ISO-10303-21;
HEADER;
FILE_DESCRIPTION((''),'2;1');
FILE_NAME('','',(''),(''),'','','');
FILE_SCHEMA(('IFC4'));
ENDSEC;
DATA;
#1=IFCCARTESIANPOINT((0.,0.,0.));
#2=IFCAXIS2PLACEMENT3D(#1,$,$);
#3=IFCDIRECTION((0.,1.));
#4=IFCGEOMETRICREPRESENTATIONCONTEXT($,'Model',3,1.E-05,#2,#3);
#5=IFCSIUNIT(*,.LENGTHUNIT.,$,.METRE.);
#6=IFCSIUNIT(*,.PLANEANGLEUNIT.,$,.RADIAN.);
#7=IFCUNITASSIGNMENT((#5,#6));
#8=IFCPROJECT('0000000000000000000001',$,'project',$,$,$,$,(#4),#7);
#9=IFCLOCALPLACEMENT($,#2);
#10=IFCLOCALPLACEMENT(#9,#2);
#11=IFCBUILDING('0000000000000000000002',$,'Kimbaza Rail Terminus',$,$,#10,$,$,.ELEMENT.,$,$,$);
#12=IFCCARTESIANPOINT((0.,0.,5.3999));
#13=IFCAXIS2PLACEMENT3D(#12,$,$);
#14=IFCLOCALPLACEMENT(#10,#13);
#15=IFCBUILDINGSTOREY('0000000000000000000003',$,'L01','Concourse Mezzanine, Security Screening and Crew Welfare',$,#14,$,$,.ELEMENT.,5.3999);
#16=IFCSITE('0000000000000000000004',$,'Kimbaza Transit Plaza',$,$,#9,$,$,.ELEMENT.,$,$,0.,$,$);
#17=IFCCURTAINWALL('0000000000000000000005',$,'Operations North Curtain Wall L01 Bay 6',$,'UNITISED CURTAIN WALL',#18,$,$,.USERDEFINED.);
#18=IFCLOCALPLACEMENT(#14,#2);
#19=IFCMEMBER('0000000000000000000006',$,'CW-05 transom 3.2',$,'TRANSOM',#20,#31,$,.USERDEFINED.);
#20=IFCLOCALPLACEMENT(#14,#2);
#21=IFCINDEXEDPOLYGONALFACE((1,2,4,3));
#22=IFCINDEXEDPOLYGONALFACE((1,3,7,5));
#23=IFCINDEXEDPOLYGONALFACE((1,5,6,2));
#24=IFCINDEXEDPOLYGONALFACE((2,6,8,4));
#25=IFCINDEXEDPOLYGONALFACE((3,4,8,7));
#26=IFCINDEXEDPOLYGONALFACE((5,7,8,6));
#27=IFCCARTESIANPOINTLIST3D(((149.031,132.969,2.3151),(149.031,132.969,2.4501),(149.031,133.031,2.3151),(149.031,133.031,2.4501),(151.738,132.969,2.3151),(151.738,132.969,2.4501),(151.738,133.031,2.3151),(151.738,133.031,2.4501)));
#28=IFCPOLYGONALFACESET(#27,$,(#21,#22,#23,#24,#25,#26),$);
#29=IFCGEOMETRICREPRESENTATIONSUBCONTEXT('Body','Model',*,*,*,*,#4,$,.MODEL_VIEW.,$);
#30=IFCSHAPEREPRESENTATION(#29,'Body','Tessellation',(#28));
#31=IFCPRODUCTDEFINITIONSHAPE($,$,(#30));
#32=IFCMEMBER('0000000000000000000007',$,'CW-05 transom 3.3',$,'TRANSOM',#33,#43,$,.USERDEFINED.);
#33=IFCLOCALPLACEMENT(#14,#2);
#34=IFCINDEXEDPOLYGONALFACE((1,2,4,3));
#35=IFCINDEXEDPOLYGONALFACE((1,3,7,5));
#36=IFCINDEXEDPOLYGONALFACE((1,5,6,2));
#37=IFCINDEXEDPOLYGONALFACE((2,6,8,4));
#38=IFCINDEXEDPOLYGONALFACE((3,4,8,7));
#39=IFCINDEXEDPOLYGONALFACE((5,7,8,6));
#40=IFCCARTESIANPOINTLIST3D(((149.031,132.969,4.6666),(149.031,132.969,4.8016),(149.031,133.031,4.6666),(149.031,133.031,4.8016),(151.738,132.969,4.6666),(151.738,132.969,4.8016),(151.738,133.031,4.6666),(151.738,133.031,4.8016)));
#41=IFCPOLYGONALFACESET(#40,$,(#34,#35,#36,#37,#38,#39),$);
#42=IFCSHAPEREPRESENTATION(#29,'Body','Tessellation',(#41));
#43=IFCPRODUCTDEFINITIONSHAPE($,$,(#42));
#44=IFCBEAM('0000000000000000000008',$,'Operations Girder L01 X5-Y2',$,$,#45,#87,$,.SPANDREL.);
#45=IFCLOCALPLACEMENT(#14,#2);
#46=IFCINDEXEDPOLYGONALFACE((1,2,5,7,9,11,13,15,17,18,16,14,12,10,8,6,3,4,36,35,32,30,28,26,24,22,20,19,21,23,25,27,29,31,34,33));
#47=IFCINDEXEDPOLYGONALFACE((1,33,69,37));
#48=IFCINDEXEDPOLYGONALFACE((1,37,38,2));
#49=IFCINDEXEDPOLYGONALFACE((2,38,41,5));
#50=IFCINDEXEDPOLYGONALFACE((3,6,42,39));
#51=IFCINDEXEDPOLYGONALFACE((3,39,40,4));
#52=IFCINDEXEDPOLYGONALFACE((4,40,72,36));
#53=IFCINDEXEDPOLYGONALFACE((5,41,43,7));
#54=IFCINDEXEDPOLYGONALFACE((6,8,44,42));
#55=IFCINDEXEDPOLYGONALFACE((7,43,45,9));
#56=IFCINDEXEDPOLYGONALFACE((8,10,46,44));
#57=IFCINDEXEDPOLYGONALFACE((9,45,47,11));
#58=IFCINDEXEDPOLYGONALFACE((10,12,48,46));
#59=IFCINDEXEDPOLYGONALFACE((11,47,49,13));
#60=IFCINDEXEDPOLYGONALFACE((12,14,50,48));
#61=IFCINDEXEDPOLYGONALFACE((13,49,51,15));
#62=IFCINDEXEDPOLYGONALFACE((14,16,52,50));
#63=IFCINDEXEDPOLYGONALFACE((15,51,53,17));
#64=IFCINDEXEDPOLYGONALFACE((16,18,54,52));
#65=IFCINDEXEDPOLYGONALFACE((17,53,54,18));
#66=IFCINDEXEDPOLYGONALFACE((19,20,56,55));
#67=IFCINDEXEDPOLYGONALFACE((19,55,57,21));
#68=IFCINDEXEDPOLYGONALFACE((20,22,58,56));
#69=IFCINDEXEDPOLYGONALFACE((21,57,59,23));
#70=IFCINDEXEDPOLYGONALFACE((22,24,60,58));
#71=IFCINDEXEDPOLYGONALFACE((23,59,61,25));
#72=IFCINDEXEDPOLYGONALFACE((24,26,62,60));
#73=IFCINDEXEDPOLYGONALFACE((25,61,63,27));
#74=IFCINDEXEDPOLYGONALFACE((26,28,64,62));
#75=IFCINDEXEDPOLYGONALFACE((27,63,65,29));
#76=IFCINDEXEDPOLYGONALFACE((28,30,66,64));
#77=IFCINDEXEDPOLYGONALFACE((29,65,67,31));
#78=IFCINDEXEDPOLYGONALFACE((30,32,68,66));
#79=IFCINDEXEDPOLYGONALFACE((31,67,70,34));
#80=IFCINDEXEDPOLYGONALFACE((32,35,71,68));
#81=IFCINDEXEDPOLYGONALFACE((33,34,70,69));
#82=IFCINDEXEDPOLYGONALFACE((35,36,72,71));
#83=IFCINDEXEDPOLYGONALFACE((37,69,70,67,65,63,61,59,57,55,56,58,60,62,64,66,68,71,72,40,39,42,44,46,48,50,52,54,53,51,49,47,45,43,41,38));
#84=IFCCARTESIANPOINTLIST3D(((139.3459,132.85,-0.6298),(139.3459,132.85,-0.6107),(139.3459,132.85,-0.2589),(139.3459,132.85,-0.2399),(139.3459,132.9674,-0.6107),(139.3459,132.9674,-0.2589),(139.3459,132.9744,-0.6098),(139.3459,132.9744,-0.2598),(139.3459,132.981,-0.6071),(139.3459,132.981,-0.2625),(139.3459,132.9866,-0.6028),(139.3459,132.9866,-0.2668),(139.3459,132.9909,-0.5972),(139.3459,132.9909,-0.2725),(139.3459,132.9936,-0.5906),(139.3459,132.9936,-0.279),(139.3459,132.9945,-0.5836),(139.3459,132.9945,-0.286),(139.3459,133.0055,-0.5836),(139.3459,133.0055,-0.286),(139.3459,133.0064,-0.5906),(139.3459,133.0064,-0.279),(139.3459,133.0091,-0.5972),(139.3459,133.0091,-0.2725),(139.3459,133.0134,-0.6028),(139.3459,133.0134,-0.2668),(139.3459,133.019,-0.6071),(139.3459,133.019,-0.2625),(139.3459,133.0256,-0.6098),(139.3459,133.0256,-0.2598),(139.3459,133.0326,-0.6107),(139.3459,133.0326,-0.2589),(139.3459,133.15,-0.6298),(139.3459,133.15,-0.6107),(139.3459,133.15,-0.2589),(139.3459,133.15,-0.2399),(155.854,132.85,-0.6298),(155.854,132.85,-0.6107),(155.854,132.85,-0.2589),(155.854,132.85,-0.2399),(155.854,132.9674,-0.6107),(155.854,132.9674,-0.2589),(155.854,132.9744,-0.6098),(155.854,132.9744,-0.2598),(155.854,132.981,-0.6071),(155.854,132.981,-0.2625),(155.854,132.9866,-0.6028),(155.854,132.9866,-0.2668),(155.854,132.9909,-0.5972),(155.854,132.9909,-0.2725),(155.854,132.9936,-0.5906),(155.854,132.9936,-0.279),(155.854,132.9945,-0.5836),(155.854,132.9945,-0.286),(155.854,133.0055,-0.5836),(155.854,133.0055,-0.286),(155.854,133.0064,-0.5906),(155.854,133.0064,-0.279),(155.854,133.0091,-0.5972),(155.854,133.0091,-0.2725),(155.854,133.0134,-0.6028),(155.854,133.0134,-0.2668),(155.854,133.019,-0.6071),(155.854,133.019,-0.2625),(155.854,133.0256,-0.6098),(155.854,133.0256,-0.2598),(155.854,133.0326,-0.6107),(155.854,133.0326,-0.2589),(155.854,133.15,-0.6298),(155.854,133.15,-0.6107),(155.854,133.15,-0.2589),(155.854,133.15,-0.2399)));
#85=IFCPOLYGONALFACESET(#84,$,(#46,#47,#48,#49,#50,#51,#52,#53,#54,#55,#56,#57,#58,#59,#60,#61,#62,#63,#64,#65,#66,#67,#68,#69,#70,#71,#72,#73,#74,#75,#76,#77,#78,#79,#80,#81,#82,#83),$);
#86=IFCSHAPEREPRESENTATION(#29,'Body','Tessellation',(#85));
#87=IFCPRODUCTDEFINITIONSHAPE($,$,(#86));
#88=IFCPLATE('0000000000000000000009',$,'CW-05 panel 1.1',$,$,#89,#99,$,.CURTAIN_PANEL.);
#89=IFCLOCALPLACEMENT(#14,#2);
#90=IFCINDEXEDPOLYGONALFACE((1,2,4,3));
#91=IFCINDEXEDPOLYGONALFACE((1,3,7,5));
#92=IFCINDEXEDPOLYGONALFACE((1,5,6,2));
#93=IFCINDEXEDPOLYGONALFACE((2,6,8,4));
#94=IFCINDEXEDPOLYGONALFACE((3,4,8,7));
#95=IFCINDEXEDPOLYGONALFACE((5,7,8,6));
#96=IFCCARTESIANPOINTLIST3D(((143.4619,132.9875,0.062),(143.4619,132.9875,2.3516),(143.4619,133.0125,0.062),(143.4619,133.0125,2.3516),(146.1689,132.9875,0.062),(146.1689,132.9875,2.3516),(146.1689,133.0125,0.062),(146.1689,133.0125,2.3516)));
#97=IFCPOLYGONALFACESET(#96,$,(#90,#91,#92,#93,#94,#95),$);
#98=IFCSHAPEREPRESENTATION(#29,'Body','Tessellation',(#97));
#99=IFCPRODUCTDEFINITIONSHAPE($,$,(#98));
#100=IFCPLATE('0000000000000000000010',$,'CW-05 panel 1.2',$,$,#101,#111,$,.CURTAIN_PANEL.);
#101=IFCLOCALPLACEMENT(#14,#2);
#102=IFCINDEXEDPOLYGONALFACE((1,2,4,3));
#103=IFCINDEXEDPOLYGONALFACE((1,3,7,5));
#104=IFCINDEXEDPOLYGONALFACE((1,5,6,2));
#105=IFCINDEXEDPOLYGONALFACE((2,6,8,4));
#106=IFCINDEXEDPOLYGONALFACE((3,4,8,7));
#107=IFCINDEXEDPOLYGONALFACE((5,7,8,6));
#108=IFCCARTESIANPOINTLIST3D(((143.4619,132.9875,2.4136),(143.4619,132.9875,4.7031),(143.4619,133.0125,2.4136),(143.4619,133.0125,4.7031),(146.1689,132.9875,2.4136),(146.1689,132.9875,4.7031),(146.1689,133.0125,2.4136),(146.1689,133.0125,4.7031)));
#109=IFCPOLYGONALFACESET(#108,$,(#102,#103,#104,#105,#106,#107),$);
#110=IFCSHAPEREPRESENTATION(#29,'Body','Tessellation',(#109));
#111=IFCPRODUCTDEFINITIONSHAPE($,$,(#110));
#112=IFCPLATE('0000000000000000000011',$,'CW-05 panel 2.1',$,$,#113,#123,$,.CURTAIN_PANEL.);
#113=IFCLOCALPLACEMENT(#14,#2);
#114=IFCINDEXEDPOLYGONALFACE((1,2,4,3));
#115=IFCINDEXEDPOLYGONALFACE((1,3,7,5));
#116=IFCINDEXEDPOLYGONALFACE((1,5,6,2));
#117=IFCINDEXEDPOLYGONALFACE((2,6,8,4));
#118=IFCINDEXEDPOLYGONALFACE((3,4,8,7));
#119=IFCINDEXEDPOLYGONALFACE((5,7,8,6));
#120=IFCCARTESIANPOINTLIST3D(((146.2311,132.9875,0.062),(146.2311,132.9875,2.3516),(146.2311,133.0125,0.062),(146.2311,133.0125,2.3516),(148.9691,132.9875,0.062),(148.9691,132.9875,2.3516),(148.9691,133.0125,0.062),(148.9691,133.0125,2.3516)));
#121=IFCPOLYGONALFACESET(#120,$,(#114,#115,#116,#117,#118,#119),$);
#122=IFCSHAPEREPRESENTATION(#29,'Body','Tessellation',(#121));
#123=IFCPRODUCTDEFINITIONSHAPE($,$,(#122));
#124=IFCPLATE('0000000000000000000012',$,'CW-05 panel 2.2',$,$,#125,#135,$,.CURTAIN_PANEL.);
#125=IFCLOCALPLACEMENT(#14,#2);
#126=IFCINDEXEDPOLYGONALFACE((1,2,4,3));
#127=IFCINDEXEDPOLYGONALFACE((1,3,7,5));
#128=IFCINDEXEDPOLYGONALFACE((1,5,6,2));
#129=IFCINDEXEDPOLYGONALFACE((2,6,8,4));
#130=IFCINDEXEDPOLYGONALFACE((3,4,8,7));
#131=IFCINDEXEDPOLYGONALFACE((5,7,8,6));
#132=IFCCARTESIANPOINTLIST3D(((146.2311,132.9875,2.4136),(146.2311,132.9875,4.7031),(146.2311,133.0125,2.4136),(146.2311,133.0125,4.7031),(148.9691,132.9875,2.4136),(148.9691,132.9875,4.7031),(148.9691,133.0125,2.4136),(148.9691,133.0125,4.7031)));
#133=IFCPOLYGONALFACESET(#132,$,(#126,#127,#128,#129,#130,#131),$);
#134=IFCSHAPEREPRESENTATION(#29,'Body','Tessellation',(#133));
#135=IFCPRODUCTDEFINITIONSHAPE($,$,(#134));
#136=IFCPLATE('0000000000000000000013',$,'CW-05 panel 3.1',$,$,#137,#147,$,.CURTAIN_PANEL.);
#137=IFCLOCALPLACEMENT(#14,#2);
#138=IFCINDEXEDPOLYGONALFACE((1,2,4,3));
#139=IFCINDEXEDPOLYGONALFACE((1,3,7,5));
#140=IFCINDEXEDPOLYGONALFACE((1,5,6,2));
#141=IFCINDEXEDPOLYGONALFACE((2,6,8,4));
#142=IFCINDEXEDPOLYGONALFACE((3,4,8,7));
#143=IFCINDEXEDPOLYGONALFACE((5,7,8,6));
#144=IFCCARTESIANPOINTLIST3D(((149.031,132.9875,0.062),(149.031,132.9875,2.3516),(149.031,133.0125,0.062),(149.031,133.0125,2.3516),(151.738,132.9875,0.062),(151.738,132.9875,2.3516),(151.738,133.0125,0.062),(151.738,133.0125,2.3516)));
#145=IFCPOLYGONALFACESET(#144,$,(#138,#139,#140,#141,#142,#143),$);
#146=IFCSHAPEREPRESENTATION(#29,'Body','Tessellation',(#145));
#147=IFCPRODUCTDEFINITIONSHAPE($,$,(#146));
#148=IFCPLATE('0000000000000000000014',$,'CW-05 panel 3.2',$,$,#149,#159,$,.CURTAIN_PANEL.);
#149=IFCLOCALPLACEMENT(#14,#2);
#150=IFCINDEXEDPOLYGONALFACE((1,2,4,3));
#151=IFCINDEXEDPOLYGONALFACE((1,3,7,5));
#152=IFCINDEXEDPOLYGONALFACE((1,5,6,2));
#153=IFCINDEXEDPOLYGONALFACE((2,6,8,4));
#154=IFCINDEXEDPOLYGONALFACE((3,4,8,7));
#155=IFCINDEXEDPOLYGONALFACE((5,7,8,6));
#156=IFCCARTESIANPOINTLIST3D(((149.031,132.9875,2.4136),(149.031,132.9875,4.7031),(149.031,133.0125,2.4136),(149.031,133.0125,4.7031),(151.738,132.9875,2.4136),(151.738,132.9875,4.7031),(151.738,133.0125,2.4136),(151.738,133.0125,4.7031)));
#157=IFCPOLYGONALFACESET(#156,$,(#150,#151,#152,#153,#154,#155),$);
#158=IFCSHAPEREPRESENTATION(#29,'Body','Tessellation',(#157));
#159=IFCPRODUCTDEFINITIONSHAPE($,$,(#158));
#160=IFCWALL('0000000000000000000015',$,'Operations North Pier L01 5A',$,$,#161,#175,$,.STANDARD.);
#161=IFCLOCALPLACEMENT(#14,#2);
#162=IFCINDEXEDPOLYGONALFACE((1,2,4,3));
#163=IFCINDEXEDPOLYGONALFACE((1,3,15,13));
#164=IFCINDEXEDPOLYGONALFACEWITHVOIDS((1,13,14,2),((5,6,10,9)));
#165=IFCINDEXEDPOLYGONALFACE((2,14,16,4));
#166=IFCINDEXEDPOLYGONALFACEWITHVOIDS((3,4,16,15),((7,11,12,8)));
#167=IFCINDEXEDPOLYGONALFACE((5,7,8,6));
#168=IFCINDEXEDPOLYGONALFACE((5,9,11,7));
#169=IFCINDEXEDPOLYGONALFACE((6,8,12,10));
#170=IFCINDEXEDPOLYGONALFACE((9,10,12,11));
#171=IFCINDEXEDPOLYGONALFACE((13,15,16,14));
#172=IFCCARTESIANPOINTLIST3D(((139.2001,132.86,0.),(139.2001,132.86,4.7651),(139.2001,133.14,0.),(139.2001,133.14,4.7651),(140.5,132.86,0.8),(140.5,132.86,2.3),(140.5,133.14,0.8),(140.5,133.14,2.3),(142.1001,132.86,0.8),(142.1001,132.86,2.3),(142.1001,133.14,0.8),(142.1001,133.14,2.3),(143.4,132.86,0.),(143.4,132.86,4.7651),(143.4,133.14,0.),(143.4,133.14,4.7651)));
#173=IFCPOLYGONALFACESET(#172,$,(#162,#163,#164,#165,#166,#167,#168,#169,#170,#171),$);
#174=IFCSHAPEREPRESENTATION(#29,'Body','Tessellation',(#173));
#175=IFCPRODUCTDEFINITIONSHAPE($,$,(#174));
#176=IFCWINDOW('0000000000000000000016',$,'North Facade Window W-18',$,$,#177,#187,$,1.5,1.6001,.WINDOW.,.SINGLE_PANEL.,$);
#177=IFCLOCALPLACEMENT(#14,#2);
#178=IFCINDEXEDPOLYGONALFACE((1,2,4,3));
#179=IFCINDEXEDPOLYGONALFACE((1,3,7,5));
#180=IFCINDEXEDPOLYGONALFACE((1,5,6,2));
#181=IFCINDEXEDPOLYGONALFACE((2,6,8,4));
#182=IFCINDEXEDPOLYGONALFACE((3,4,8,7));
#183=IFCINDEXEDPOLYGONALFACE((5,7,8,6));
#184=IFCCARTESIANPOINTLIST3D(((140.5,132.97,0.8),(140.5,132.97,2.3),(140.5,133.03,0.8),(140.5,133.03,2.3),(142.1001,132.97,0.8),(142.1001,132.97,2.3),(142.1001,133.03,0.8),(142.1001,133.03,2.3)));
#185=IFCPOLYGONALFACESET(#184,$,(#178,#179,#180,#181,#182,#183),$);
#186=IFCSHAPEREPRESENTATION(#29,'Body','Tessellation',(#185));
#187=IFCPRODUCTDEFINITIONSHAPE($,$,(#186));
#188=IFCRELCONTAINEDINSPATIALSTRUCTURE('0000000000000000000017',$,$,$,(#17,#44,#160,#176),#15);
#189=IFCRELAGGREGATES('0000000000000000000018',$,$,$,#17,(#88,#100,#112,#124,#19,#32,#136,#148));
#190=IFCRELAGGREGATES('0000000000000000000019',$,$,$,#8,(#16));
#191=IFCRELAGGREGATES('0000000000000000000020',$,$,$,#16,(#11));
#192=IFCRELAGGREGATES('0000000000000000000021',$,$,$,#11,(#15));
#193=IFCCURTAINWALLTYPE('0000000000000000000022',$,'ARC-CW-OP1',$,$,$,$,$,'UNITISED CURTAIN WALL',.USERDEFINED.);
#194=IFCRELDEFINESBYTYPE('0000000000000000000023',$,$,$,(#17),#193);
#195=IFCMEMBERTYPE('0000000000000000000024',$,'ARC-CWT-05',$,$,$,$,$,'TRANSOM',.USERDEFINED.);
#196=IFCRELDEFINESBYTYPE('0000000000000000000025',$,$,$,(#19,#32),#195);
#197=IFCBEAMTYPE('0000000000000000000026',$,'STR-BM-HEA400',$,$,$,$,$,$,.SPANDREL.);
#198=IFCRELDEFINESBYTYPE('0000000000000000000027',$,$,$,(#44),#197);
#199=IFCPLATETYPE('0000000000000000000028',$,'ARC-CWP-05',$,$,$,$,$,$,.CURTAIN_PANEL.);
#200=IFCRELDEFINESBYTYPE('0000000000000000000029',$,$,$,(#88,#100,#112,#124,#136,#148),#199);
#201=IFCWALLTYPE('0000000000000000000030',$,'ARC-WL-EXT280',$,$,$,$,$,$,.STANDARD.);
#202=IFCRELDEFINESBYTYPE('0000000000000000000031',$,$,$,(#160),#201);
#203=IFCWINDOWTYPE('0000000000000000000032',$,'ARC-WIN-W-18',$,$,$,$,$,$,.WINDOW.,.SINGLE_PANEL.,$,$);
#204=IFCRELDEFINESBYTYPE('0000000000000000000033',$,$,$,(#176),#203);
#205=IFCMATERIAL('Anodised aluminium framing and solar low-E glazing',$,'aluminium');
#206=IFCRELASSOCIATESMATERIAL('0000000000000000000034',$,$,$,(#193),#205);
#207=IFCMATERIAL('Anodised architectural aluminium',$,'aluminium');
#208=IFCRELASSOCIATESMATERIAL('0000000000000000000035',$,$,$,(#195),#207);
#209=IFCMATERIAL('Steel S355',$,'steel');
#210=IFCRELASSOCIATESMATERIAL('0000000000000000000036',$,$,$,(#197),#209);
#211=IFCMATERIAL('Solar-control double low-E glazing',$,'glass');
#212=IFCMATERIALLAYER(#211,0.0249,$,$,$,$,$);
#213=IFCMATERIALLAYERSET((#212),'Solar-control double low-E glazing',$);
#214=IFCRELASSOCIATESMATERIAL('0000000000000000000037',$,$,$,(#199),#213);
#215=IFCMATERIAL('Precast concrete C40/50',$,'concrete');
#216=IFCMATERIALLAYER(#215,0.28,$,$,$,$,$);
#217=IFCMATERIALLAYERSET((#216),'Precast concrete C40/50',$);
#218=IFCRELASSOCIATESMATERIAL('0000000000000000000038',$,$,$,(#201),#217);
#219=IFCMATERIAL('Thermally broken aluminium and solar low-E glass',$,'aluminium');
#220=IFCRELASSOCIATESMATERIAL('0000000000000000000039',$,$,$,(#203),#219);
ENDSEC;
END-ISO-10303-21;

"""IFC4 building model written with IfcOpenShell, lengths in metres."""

from ifc_helpers import new_model, si_unit, direction, frame, frame_2d, origin, origin_2d, place, context, subcontext, project, spatial, rectangle, i_section, extrude, material, layer, layer_set, material_profile, profile_set, type_object, element, fill, aggregate, save


model = new_model("IFC4")

# Units and contexts
model_context = context("Model", 3, precision=1e-05, world=origin(), true_north=direction((0.0, 1.0)))
body_context = subcontext(model_context, "Body", "Model", "MODEL_VIEW")
ifc_project = project(units=[si_unit("LENGTHUNIT", "METRE"), si_unit("PLANEANGLEUNIT", "RADIAN")], contexts=[model_context])

# Site, building, storey
site_placement = place(None, origin())
site = spatial("IfcSite", under=ifc_project, at=site_placement, Name="Kimbaza Transit Plaza", CompositionType="ELEMENT", RefElevation=0.0)
building_placement = place(site_placement, origin())
building = spatial("IfcBuilding", under=site, at=building_placement, Name="Kimbaza Rail Terminus", CompositionType="ELEMENT")
storey_placement = place(building_placement, frame((0.0, 0.0, 5.3999)))
storey = spatial("IfcBuildingStorey", under=building, at=storey_placement, Name="L01", Description="Concourse Mezzanine, Security Screening and Crew Welfare", CompositionType="ELEMENT", Elevation=5.3999)

# Curtain wall, members
ifc_material_1 = material(Name="Anodised aluminium framing and solar low-E glazing", Category="aluminium")
curtain_wall_type = type_object("IfcCurtainWallType", Name="ARC-CW-OP1", ElementType="UNITISED CURTAIN WALL", PredefinedType="USERDEFINED", material=ifc_material_1)
curtain_wall_placement = place(storey_placement, origin())
curtain_wall = element("IfcCurtainWall", 1, at=curtain_wall_placement, inside=storey, type_object=curtain_wall_type, Name="Operations North Curtain Wall L01 Bay 6", ObjectType="UNITISED CURTAIN WALL", PredefinedType="USERDEFINED")
ifc_material_2 = material(Name="Anodised architectural aluminium", Category="aluminium")
ifc_material_profile_1 = material_profile(ifc_material_2, rectangle(XDim=0.062, YDim=0.135, at=origin_2d()), Name="TRANSOM 62x135")
ifc_profile_set_1 = profile_set([ifc_material_profile_1], Name="Anodised architectural aluminium")
member_type_1 = type_object("IfcMemberType", Name="ARC-CWT-05", ElementType="TRANSOM", PredefinedType="USERDEFINED", material=ifc_profile_set_1)
member_1_placement = place(storey_placement, frame((149.031, 133.0, 2.3826), z_axis=(1.0, 0.0, 0.0), x_axis=(0.0, 1.0, 0.0)))
member_1 = element("IfcMember", 2, at=member_1_placement, type_object=member_type_1, Name="CW-05 transom 3.2", ObjectType="TRANSOM", PredefinedType="USERDEFINED", context=body_context, shape_type="SweptSolid", body=[
    extrude(rectangle(XDim=0.062, YDim=0.135, at=origin_2d()), origin(), (0.0, 0.0, 1.0), 2.707),
])
member_2_placement = place(storey_placement, frame((149.031, 133.0, 4.7341), z_axis=(1.0, 0.0, 0.0), x_axis=(0.0, 1.0, 0.0)))
member_2 = element("IfcMember", 3, at=member_2_placement, type_object=member_type_1, Name="CW-05 transom 3.3", ObjectType="TRANSOM", PredefinedType="USERDEFINED", context=body_context, shape_type="SweptSolid", body=[
    extrude(rectangle(XDim=0.062, YDim=0.135, at=origin_2d()), origin(), (0.0, 0.0, 1.0), 2.707),
])

# Beam
ifc_material_3 = material(Name="Steel S355", Category="steel")
ifc_material_profile_2 = material_profile(ifc_material_3, i_section(OverallWidth=0.3, OverallDepth=0.3899, WebThickness=0.011, FlangeThickness=0.019, FilletRadius=0.0271, at=origin_2d()), Name="HEA 400")
ifc_profile_set_2 = profile_set([ifc_material_profile_2], Name="Steel S355")
beam_type = type_object("IfcBeamType", Name="STR-BM-HEA400", PredefinedType="SPANDREL", material=ifc_profile_set_2)
beam_placement = place(storey_placement, frame((139.3459, 133.0, -0.4348), z_axis=(1.0, 0.0, 0.0), x_axis=(0.0, 1.0, 0.0)))
element("IfcBeam", 4, at=beam_placement, inside=storey, type_object=beam_type, Name="Operations Girder L01 X5-Y2", PredefinedType="SPANDREL", context=body_context, shape_type="SweptSolid", body=[
    extrude(i_section(OverallWidth=0.3, OverallDepth=0.3899, WebThickness=0.011, FlangeThickness=0.019, FilletRadius=0.0271, at=origin_2d()), origin(), (0.0, 0.0, 1.0), 16.5081),
])

# Plates
ifc_material_4 = material(Name="Solar-control double low-E glazing", Category="glass")
ifc_layer_1 = layer(ifc_material_4, 0.0249)
ifc_layer_set_1 = layer_set([ifc_layer_1], Name="Solar-control double low-E glazing")
plate_type = type_object("IfcPlateType", Name="ARC-CWP-05", PredefinedType="CURTAIN_PANEL", material=ifc_layer_set_1)
plate_1_placement = place(storey_placement, frame((144.8154, 133.0, 0.062), z_axis=(0.0, 0.0, 1.0), x_axis=(1.0, 0.0, 0.0)))
plate_1 = element("IfcPlate", 5, at=plate_1_placement, type_object=plate_type, Name="CW-05 panel 1.1", PredefinedType="CURTAIN_PANEL", context=body_context, shape_type="SweptSolid", body=[
    extrude(rectangle(XDim=2.707, YDim=0.0249, at=origin_2d()), origin(), (0.0, 0.0, 1.0), 2.2896),
])
plate_2_placement = place(storey_placement, frame((144.8154, 133.0, 2.4136), z_axis=(0.0, 0.0, 1.0), x_axis=(1.0, 0.0, 0.0)))
plate_2 = element("IfcPlate", 6, at=plate_2_placement, type_object=plate_type, Name="CW-05 panel 1.2", PredefinedType="CURTAIN_PANEL", context=body_context, shape_type="SweptSolid", body=[
    extrude(rectangle(XDim=2.707, YDim=0.0249, at=origin_2d()), origin(), (0.0, 0.0, 1.0), 2.2896),
])
plate_3_placement = place(storey_placement, frame((147.6001, 133.0, 0.062), z_axis=(0.0, 0.0, 1.0), x_axis=(1.0, 0.0, 0.0)))
plate_3 = element("IfcPlate", 7, at=plate_3_placement, type_object=plate_type, Name="CW-05 panel 2.1", PredefinedType="CURTAIN_PANEL", context=body_context, shape_type="SweptSolid", body=[
    extrude(rectangle(XDim=2.738, YDim=0.0249, at=origin_2d()), origin(), (0.0, 0.0, 1.0), 2.2896),
])
plate_4_placement = place(storey_placement, frame((147.6001, 133.0, 2.4136), z_axis=(0.0, 0.0, 1.0), x_axis=(1.0, 0.0, 0.0)))
plate_4 = element("IfcPlate", 8, at=plate_4_placement, type_object=plate_type, Name="CW-05 panel 2.2", PredefinedType="CURTAIN_PANEL", context=body_context, shape_type="SweptSolid", body=[
    extrude(rectangle(XDim=2.738, YDim=0.0249, at=origin_2d()), origin(), (0.0, 0.0, 1.0), 2.2896),
])
plate_5_placement = place(storey_placement, frame((150.3845, 133.0, 0.062), z_axis=(0.0, 0.0, 1.0), x_axis=(1.0, 0.0, 0.0)))
plate_5 = element("IfcPlate", 9, at=plate_5_placement, type_object=plate_type, Name="CW-05 panel 3.1", PredefinedType="CURTAIN_PANEL", context=body_context, shape_type="SweptSolid", body=[
    extrude(rectangle(XDim=2.707, YDim=0.0249, at=origin_2d()), origin(), (0.0, 0.0, 1.0), 2.2896),
])
plate_6_placement = place(storey_placement, frame((150.3845, 133.0, 2.4136), z_axis=(0.0, 0.0, 1.0), x_axis=(1.0, 0.0, 0.0)))
plate_6 = element("IfcPlate", 10, at=plate_6_placement, type_object=plate_type, Name="CW-05 panel 3.2", PredefinedType="CURTAIN_PANEL", context=body_context, shape_type="SweptSolid", body=[
    extrude(rectangle(XDim=2.707, YDim=0.0249, at=origin_2d()), origin(), (0.0, 0.0, 1.0), 2.2896),
])
aggregate(curtain_wall, [plate_1, plate_2, plate_3, plate_4, member_1, member_2, plate_5, plate_6])

# Wall, opening, window
ifc_material_5 = material(Name="Precast concrete C40/50", Category="concrete")
ifc_layer_2 = layer(ifc_material_5, 0.28)
ifc_layer_set_2 = layer_set([ifc_layer_2], Name="Precast concrete C40/50")
wall_type = type_object("IfcWallType", Name="ARC-WL-EXT280", PredefinedType="STANDARD", material=ifc_layer_set_2)
wall_1_placement = place(storey_placement, frame((139.2, 133.0, 0.0), z_axis=(0.0, 0.0, 1.0), x_axis=(1.0, 0.0, 0.0)))
wall_1 = element("IfcWall", 11, at=wall_1_placement, inside=storey, type_object=wall_type, Name="Operations North Pier L01 5A", PredefinedType="STANDARD", context=body_context, shape_type="SweptSolid", body=[
    extrude(rectangle(XDim=4.2, YDim=0.28, at=frame_2d((2.1001, 0.0))), origin(), (0.0, 0.0, 1.0), 4.7651),
])
opening_1_placement = place(wall_1_placement, frame((1.3, 0.0, 0.8)))
opening_1 = element("IfcOpeningElement", 12, at=opening_1_placement, cuts=wall_1, PredefinedType="OPENING", context=body_context, shape_type="SweptSolid", body=[
    extrude(rectangle(XDim=1.6001, YDim=1.5, at=frame_2d((0.8, 0.75))), frame((0.0, 0.1499, 0.0), z_axis=(0.0, -1.0, 0.0), x_axis=(1.0, 0.0, 0.0)), (0.0, 0.0, 1.0), 0.3),
])
ifc_material_6 = material(Name="Thermally broken aluminium and solar low-E glass", Category="aluminium")
window_type_1 = type_object("IfcWindowType", Name="ARC-WIN-W-18", PartitioningType="SINGLE_PANEL", PredefinedType="WINDOW", material=ifc_material_6)
window_1_placement = place(opening_1_placement, origin())
window_1 = element("IfcWindow", 13, at=window_1_placement, inside=storey, type_object=window_type_1, Name="North Facade Window W-18", OverallHeight=1.5, OverallWidth=1.6001, PartitioningType="SINGLE_PANEL", PredefinedType="WINDOW", context=body_context, shape_type="SweptSolid", body=[
    extrude(rectangle(XDim=1.6001, YDim=1.5, at=frame_2d((0.8, 0.75))), frame((0.0, 0.03, 0.0), z_axis=(0.0, -1.0, 0.0), x_axis=(1.0, 0.0, 0.0)), (0.0, 0.0, 1.0), 0.0601),
])
fill(opening_1, window_1)

save(model, "model.ifc")
